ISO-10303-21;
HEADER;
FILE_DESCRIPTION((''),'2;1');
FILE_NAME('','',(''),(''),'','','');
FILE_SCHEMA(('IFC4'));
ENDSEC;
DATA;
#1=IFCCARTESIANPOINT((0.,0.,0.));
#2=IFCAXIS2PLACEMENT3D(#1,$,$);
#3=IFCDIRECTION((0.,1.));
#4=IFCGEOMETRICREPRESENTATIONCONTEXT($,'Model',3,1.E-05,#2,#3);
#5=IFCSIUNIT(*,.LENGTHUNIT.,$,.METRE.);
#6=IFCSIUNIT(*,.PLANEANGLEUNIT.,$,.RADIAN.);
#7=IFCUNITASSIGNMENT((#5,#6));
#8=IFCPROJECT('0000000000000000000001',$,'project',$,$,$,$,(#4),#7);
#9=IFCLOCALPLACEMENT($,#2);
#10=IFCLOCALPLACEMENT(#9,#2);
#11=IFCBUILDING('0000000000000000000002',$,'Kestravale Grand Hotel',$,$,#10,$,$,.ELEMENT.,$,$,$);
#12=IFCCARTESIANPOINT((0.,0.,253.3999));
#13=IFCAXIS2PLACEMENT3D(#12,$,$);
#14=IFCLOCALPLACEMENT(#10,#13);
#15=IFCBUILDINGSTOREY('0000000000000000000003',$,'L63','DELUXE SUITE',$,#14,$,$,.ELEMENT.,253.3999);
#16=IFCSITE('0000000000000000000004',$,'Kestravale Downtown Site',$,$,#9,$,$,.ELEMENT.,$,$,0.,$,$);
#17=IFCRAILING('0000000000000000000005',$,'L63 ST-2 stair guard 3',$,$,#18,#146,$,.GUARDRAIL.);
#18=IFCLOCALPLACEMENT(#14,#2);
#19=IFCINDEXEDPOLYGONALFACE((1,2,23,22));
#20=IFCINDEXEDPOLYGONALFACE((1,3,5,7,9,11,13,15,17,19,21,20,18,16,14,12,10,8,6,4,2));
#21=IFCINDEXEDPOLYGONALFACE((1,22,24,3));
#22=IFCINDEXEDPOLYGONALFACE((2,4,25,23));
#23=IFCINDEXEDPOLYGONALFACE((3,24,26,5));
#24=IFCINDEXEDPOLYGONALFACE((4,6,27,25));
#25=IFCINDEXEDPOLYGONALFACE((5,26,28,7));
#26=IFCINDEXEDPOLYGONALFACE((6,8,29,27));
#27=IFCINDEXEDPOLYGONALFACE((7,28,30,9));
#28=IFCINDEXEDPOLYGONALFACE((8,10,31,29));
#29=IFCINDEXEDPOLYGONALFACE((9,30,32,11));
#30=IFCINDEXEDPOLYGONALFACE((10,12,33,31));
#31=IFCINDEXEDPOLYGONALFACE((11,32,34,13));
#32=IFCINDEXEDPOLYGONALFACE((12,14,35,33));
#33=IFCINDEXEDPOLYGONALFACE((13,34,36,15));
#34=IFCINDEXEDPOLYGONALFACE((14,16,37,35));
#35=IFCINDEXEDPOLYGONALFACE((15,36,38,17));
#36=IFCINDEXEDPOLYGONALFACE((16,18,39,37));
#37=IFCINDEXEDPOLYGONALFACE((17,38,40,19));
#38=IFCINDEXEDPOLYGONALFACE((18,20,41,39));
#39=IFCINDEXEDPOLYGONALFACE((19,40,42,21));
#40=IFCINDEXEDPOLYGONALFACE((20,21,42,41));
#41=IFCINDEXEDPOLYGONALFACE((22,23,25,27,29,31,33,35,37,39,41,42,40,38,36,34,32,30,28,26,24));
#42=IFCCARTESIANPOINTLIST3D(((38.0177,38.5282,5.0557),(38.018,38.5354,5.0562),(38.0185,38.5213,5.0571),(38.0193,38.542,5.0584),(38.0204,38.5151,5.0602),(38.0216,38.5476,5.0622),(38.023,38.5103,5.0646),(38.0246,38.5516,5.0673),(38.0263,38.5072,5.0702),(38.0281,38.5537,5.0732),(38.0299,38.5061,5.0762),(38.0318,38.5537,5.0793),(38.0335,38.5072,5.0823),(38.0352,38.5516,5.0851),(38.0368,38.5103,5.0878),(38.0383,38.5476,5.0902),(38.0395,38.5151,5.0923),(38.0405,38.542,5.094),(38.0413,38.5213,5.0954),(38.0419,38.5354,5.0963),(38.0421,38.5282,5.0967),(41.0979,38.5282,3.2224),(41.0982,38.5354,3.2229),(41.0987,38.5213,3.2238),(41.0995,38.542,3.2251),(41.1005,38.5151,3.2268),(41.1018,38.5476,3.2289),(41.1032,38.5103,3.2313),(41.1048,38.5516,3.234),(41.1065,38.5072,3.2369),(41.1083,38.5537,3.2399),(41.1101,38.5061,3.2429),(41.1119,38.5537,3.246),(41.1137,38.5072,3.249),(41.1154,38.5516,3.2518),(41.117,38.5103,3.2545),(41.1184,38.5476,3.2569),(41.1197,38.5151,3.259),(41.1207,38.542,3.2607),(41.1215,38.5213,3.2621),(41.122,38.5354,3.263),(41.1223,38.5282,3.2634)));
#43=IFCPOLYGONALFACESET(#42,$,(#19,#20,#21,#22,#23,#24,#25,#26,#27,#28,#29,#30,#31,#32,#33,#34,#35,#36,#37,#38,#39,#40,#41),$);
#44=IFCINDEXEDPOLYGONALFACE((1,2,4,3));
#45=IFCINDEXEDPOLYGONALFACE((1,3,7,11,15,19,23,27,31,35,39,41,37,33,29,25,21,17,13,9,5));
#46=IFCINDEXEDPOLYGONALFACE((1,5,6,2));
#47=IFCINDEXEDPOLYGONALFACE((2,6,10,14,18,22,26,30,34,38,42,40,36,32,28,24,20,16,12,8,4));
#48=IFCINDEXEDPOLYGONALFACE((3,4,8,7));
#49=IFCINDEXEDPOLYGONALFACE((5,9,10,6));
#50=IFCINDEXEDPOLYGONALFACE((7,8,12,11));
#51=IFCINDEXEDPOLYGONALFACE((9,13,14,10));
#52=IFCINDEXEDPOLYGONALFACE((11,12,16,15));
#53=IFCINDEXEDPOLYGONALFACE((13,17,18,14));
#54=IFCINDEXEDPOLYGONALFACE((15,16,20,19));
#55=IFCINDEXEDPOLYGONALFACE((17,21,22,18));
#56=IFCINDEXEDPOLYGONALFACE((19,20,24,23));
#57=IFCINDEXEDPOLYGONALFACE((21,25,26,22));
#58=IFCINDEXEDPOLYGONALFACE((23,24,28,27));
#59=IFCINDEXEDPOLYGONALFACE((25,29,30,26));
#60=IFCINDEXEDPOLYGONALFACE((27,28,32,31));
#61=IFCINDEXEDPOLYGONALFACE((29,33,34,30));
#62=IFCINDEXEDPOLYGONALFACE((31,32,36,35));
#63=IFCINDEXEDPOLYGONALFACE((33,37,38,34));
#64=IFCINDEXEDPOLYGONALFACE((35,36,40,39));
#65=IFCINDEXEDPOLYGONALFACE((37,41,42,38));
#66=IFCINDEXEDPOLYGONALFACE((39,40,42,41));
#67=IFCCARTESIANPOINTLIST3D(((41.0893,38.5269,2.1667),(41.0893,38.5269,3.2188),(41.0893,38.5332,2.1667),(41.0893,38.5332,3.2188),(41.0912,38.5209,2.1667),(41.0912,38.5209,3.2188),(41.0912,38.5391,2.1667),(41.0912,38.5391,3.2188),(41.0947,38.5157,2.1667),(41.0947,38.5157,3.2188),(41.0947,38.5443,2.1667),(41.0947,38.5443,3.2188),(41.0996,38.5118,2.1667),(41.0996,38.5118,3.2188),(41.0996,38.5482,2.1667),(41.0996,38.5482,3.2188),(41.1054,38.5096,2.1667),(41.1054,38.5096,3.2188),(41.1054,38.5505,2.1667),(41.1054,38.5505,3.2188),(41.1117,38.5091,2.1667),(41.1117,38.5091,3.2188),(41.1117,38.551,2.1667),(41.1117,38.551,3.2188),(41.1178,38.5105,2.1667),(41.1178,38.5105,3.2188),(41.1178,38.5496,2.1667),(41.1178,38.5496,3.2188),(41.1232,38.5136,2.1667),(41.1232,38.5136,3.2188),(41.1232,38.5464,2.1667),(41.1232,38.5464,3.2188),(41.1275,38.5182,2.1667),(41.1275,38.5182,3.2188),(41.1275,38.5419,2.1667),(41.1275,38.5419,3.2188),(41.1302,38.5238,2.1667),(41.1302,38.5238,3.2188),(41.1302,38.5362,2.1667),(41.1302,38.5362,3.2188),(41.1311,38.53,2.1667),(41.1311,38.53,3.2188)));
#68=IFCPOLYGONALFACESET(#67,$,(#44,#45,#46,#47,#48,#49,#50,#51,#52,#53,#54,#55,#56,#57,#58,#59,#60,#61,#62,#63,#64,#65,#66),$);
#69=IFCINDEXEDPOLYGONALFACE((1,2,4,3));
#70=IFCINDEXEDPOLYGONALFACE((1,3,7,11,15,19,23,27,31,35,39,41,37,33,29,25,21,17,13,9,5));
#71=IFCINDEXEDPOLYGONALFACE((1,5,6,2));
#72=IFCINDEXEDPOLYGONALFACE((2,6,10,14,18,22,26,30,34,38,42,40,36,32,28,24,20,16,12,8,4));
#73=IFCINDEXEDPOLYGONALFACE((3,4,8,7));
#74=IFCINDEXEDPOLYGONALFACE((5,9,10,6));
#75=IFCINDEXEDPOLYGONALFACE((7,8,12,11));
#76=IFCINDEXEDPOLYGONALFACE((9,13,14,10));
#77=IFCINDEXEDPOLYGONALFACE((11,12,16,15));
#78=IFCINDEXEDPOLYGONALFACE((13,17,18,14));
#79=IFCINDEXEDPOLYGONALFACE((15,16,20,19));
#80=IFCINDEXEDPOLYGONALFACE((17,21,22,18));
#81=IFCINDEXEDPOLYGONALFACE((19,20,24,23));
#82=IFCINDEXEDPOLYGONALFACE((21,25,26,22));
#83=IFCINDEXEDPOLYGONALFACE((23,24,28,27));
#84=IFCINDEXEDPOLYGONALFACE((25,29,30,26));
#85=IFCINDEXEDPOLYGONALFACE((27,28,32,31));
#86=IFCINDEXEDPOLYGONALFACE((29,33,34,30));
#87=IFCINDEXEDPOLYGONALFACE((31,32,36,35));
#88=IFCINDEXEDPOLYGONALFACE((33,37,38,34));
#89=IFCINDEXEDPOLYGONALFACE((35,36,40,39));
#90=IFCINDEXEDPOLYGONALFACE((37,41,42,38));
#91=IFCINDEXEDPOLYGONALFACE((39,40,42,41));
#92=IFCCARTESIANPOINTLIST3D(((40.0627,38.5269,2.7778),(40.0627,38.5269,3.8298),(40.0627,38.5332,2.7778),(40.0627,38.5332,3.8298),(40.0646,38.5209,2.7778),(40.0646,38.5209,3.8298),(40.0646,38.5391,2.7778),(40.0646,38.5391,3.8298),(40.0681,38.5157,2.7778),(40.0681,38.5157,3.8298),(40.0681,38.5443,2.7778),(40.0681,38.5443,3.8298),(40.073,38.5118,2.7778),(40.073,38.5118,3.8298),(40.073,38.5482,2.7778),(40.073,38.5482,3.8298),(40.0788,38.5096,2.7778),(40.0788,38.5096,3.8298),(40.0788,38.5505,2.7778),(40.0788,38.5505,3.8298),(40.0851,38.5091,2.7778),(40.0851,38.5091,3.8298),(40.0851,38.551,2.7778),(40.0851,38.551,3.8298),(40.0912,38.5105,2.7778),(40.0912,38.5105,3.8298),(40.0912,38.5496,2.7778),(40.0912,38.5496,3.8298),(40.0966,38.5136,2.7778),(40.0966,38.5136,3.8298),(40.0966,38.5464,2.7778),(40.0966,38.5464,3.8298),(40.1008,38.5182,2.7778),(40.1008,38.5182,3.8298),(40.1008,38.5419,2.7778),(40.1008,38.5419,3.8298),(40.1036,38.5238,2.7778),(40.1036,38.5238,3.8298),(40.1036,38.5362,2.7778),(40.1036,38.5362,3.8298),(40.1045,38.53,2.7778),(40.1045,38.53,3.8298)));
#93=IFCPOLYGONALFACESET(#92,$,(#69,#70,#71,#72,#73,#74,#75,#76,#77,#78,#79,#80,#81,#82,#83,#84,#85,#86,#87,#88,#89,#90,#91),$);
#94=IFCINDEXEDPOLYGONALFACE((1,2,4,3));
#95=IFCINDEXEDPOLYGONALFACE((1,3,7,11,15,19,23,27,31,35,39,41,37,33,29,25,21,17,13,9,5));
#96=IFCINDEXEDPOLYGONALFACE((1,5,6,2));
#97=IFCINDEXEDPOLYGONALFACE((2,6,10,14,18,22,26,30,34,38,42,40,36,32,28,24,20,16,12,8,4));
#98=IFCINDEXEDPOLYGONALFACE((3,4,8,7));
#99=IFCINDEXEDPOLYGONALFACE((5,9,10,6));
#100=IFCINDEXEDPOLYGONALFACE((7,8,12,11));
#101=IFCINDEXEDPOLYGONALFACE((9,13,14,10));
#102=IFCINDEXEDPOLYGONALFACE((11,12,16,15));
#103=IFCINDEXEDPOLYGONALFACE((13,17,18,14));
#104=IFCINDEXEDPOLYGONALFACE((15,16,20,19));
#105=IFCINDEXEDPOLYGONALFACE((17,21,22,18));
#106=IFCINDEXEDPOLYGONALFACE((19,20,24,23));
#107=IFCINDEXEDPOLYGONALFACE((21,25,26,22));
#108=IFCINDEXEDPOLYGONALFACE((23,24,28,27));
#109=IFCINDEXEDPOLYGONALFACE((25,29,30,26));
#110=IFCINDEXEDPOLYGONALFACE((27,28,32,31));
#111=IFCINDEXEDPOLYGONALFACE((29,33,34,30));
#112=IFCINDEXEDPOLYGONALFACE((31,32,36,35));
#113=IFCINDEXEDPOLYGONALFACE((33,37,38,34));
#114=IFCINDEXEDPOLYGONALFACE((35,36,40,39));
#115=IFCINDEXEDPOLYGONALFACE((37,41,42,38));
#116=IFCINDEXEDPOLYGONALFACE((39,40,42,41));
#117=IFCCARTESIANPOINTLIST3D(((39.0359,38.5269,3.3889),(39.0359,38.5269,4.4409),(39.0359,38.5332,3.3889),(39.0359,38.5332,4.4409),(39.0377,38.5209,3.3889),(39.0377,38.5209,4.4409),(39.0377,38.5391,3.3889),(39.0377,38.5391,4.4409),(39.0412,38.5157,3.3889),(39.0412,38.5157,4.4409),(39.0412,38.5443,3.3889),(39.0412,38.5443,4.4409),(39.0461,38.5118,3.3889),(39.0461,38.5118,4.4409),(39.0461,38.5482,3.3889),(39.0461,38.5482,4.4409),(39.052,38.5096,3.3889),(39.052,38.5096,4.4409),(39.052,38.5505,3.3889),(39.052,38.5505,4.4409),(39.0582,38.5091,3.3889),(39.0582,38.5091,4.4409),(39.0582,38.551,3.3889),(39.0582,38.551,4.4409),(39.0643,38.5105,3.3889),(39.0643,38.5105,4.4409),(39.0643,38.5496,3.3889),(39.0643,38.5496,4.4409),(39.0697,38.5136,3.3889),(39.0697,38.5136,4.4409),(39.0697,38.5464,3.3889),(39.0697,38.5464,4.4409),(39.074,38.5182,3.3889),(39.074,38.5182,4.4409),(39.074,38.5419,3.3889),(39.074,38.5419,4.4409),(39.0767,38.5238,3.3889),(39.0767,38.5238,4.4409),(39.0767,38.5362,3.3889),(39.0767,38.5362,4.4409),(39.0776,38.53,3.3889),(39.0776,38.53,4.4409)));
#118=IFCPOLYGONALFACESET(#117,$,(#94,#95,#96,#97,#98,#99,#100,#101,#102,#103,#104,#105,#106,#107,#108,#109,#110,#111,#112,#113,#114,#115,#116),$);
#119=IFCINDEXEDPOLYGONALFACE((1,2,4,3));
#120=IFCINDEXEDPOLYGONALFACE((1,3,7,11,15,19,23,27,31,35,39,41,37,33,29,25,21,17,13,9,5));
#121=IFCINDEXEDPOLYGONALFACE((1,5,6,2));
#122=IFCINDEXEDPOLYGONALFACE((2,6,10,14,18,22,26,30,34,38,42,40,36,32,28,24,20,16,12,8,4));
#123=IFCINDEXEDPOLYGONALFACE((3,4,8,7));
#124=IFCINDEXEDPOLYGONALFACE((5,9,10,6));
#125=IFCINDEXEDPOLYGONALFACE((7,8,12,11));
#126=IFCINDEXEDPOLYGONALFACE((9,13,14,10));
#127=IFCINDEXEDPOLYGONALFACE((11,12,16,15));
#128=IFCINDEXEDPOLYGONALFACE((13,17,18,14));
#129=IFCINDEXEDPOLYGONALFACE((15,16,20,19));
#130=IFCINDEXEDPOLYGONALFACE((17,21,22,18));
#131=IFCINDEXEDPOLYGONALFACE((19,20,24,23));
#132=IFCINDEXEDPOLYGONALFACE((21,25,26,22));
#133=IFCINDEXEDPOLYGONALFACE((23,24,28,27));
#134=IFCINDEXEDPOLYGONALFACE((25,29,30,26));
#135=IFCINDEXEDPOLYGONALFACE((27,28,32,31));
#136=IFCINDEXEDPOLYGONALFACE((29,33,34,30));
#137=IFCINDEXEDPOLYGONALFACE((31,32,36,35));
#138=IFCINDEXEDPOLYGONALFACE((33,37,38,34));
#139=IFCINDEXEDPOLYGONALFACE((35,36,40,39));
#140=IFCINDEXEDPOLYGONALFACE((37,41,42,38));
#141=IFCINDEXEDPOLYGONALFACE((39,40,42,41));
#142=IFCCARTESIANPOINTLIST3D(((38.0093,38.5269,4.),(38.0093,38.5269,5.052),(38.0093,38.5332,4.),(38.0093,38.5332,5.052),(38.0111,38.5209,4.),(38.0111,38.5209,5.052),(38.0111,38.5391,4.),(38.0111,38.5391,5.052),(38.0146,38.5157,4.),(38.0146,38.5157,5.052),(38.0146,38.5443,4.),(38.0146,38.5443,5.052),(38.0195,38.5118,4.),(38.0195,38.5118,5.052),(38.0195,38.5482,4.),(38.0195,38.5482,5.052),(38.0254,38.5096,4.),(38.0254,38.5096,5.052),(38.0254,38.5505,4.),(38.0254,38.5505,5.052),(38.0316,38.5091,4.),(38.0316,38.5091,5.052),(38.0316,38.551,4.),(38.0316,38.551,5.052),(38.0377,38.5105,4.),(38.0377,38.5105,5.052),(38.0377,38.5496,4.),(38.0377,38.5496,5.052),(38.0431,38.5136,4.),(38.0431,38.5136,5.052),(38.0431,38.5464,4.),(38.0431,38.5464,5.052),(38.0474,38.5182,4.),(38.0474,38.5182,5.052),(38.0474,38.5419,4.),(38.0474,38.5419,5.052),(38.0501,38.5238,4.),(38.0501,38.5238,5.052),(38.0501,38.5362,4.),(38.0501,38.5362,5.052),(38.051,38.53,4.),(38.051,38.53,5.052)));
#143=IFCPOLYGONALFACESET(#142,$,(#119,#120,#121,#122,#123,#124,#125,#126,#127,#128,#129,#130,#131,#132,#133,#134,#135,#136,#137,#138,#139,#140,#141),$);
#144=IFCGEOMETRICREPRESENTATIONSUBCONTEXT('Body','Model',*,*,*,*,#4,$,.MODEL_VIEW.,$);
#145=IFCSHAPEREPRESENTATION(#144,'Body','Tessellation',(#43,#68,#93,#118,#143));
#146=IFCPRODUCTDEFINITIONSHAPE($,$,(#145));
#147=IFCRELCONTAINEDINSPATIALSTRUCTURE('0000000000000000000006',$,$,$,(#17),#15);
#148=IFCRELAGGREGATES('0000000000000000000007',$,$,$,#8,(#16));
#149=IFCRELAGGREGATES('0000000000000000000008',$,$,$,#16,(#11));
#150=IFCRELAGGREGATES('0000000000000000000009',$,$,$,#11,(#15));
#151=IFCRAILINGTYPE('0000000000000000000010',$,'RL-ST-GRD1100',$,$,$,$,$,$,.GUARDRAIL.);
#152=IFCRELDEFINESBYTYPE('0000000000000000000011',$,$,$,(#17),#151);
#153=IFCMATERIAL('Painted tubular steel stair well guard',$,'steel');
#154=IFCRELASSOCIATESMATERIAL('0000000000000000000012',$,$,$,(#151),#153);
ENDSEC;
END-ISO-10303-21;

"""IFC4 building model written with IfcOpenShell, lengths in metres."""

from ifc_helpers import new_model, si_unit, direction, frame, origin, origin_2d, place, context, subcontext, project, spatial, circle, extrude, material, type_object, element, save


model = new_model("IFC4")

# Units and contexts
model_context = context("Model", 3, precision=1e-05, world=origin(), true_north=direction((0.0, 1.0)))
body_context = subcontext(model_context, "Body", "Model", "MODEL_VIEW")
ifc_project = project(units=[si_unit("LENGTHUNIT", "METRE"), si_unit("PLANEANGLEUNIT", "RADIAN")], contexts=[model_context])

# Site, building, storey
site_placement = place(None, origin())
site = spatial("IfcSite", under=ifc_project, at=site_placement, Name="Kestravale Downtown Site", CompositionType="ELEMENT", RefElevation=0.0)
building_placement = place(site_placement, origin())
building = spatial("IfcBuilding", under=site, at=building_placement, Name="Kestravale Grand Hotel", CompositionType="ELEMENT")
storey_placement = place(building_placement, frame((0.0, 0.0, 253.3999)))
storey = spatial("IfcBuildingStorey", under=building, at=storey_placement, Name="L63", Description="DELUXE SUITE", CompositionType="ELEMENT", Elevation=253.3999)

# Railing
ifc_material_1 = material(Name="Painted tubular steel stair well guard", Category="steel")
railing_type_1 = type_object("IfcRailingType", Name="RL-ST-GRD1100", PredefinedType="GUARDRAIL", material=ifc_material_1)
railing_1_placement = place(storey_placement, frame((41.1101, 38.53, 2.1667)))
element("IfcRailing", 1, at=railing_1_placement, inside=storey, type_object=railing_type_1, Name="L63 ST-2 stair guard 3", PredefinedType="GUARDRAIL", context=body_context, shape_type="SweptSolid", body=[
    extrude(circle(Radius=0.0239, at=origin_2d()), frame((0.0, 0.0, 1.0762), z_axis=(-0.859309, 0.0, 0.511458), x_axis=(0.0, -1.0, 0.0)), (0.0, 0.0, 1.0), 3.5845),
    extrude(circle(Radius=0.021, at=origin_2d()), origin(), (0.0, 0.0, 1.0), 1.052),
    extrude(circle(Radius=0.021, at=origin_2d()), frame((-1.0266, 0.0, 0.6111)), (0.0, 0.0, 1.0), 1.052),
    extrude(circle(Radius=0.021, at=origin_2d()), frame((-2.0535, 0.0, 1.2222)), (0.0, 0.0, 1.0), 1.052),
    extrude(circle(Radius=0.021, at=origin_2d()), frame((-3.0801, 0.0, 1.8333)), (0.0, 0.0, 1.0), 1.052),
])

save(model, "model.ifc")
